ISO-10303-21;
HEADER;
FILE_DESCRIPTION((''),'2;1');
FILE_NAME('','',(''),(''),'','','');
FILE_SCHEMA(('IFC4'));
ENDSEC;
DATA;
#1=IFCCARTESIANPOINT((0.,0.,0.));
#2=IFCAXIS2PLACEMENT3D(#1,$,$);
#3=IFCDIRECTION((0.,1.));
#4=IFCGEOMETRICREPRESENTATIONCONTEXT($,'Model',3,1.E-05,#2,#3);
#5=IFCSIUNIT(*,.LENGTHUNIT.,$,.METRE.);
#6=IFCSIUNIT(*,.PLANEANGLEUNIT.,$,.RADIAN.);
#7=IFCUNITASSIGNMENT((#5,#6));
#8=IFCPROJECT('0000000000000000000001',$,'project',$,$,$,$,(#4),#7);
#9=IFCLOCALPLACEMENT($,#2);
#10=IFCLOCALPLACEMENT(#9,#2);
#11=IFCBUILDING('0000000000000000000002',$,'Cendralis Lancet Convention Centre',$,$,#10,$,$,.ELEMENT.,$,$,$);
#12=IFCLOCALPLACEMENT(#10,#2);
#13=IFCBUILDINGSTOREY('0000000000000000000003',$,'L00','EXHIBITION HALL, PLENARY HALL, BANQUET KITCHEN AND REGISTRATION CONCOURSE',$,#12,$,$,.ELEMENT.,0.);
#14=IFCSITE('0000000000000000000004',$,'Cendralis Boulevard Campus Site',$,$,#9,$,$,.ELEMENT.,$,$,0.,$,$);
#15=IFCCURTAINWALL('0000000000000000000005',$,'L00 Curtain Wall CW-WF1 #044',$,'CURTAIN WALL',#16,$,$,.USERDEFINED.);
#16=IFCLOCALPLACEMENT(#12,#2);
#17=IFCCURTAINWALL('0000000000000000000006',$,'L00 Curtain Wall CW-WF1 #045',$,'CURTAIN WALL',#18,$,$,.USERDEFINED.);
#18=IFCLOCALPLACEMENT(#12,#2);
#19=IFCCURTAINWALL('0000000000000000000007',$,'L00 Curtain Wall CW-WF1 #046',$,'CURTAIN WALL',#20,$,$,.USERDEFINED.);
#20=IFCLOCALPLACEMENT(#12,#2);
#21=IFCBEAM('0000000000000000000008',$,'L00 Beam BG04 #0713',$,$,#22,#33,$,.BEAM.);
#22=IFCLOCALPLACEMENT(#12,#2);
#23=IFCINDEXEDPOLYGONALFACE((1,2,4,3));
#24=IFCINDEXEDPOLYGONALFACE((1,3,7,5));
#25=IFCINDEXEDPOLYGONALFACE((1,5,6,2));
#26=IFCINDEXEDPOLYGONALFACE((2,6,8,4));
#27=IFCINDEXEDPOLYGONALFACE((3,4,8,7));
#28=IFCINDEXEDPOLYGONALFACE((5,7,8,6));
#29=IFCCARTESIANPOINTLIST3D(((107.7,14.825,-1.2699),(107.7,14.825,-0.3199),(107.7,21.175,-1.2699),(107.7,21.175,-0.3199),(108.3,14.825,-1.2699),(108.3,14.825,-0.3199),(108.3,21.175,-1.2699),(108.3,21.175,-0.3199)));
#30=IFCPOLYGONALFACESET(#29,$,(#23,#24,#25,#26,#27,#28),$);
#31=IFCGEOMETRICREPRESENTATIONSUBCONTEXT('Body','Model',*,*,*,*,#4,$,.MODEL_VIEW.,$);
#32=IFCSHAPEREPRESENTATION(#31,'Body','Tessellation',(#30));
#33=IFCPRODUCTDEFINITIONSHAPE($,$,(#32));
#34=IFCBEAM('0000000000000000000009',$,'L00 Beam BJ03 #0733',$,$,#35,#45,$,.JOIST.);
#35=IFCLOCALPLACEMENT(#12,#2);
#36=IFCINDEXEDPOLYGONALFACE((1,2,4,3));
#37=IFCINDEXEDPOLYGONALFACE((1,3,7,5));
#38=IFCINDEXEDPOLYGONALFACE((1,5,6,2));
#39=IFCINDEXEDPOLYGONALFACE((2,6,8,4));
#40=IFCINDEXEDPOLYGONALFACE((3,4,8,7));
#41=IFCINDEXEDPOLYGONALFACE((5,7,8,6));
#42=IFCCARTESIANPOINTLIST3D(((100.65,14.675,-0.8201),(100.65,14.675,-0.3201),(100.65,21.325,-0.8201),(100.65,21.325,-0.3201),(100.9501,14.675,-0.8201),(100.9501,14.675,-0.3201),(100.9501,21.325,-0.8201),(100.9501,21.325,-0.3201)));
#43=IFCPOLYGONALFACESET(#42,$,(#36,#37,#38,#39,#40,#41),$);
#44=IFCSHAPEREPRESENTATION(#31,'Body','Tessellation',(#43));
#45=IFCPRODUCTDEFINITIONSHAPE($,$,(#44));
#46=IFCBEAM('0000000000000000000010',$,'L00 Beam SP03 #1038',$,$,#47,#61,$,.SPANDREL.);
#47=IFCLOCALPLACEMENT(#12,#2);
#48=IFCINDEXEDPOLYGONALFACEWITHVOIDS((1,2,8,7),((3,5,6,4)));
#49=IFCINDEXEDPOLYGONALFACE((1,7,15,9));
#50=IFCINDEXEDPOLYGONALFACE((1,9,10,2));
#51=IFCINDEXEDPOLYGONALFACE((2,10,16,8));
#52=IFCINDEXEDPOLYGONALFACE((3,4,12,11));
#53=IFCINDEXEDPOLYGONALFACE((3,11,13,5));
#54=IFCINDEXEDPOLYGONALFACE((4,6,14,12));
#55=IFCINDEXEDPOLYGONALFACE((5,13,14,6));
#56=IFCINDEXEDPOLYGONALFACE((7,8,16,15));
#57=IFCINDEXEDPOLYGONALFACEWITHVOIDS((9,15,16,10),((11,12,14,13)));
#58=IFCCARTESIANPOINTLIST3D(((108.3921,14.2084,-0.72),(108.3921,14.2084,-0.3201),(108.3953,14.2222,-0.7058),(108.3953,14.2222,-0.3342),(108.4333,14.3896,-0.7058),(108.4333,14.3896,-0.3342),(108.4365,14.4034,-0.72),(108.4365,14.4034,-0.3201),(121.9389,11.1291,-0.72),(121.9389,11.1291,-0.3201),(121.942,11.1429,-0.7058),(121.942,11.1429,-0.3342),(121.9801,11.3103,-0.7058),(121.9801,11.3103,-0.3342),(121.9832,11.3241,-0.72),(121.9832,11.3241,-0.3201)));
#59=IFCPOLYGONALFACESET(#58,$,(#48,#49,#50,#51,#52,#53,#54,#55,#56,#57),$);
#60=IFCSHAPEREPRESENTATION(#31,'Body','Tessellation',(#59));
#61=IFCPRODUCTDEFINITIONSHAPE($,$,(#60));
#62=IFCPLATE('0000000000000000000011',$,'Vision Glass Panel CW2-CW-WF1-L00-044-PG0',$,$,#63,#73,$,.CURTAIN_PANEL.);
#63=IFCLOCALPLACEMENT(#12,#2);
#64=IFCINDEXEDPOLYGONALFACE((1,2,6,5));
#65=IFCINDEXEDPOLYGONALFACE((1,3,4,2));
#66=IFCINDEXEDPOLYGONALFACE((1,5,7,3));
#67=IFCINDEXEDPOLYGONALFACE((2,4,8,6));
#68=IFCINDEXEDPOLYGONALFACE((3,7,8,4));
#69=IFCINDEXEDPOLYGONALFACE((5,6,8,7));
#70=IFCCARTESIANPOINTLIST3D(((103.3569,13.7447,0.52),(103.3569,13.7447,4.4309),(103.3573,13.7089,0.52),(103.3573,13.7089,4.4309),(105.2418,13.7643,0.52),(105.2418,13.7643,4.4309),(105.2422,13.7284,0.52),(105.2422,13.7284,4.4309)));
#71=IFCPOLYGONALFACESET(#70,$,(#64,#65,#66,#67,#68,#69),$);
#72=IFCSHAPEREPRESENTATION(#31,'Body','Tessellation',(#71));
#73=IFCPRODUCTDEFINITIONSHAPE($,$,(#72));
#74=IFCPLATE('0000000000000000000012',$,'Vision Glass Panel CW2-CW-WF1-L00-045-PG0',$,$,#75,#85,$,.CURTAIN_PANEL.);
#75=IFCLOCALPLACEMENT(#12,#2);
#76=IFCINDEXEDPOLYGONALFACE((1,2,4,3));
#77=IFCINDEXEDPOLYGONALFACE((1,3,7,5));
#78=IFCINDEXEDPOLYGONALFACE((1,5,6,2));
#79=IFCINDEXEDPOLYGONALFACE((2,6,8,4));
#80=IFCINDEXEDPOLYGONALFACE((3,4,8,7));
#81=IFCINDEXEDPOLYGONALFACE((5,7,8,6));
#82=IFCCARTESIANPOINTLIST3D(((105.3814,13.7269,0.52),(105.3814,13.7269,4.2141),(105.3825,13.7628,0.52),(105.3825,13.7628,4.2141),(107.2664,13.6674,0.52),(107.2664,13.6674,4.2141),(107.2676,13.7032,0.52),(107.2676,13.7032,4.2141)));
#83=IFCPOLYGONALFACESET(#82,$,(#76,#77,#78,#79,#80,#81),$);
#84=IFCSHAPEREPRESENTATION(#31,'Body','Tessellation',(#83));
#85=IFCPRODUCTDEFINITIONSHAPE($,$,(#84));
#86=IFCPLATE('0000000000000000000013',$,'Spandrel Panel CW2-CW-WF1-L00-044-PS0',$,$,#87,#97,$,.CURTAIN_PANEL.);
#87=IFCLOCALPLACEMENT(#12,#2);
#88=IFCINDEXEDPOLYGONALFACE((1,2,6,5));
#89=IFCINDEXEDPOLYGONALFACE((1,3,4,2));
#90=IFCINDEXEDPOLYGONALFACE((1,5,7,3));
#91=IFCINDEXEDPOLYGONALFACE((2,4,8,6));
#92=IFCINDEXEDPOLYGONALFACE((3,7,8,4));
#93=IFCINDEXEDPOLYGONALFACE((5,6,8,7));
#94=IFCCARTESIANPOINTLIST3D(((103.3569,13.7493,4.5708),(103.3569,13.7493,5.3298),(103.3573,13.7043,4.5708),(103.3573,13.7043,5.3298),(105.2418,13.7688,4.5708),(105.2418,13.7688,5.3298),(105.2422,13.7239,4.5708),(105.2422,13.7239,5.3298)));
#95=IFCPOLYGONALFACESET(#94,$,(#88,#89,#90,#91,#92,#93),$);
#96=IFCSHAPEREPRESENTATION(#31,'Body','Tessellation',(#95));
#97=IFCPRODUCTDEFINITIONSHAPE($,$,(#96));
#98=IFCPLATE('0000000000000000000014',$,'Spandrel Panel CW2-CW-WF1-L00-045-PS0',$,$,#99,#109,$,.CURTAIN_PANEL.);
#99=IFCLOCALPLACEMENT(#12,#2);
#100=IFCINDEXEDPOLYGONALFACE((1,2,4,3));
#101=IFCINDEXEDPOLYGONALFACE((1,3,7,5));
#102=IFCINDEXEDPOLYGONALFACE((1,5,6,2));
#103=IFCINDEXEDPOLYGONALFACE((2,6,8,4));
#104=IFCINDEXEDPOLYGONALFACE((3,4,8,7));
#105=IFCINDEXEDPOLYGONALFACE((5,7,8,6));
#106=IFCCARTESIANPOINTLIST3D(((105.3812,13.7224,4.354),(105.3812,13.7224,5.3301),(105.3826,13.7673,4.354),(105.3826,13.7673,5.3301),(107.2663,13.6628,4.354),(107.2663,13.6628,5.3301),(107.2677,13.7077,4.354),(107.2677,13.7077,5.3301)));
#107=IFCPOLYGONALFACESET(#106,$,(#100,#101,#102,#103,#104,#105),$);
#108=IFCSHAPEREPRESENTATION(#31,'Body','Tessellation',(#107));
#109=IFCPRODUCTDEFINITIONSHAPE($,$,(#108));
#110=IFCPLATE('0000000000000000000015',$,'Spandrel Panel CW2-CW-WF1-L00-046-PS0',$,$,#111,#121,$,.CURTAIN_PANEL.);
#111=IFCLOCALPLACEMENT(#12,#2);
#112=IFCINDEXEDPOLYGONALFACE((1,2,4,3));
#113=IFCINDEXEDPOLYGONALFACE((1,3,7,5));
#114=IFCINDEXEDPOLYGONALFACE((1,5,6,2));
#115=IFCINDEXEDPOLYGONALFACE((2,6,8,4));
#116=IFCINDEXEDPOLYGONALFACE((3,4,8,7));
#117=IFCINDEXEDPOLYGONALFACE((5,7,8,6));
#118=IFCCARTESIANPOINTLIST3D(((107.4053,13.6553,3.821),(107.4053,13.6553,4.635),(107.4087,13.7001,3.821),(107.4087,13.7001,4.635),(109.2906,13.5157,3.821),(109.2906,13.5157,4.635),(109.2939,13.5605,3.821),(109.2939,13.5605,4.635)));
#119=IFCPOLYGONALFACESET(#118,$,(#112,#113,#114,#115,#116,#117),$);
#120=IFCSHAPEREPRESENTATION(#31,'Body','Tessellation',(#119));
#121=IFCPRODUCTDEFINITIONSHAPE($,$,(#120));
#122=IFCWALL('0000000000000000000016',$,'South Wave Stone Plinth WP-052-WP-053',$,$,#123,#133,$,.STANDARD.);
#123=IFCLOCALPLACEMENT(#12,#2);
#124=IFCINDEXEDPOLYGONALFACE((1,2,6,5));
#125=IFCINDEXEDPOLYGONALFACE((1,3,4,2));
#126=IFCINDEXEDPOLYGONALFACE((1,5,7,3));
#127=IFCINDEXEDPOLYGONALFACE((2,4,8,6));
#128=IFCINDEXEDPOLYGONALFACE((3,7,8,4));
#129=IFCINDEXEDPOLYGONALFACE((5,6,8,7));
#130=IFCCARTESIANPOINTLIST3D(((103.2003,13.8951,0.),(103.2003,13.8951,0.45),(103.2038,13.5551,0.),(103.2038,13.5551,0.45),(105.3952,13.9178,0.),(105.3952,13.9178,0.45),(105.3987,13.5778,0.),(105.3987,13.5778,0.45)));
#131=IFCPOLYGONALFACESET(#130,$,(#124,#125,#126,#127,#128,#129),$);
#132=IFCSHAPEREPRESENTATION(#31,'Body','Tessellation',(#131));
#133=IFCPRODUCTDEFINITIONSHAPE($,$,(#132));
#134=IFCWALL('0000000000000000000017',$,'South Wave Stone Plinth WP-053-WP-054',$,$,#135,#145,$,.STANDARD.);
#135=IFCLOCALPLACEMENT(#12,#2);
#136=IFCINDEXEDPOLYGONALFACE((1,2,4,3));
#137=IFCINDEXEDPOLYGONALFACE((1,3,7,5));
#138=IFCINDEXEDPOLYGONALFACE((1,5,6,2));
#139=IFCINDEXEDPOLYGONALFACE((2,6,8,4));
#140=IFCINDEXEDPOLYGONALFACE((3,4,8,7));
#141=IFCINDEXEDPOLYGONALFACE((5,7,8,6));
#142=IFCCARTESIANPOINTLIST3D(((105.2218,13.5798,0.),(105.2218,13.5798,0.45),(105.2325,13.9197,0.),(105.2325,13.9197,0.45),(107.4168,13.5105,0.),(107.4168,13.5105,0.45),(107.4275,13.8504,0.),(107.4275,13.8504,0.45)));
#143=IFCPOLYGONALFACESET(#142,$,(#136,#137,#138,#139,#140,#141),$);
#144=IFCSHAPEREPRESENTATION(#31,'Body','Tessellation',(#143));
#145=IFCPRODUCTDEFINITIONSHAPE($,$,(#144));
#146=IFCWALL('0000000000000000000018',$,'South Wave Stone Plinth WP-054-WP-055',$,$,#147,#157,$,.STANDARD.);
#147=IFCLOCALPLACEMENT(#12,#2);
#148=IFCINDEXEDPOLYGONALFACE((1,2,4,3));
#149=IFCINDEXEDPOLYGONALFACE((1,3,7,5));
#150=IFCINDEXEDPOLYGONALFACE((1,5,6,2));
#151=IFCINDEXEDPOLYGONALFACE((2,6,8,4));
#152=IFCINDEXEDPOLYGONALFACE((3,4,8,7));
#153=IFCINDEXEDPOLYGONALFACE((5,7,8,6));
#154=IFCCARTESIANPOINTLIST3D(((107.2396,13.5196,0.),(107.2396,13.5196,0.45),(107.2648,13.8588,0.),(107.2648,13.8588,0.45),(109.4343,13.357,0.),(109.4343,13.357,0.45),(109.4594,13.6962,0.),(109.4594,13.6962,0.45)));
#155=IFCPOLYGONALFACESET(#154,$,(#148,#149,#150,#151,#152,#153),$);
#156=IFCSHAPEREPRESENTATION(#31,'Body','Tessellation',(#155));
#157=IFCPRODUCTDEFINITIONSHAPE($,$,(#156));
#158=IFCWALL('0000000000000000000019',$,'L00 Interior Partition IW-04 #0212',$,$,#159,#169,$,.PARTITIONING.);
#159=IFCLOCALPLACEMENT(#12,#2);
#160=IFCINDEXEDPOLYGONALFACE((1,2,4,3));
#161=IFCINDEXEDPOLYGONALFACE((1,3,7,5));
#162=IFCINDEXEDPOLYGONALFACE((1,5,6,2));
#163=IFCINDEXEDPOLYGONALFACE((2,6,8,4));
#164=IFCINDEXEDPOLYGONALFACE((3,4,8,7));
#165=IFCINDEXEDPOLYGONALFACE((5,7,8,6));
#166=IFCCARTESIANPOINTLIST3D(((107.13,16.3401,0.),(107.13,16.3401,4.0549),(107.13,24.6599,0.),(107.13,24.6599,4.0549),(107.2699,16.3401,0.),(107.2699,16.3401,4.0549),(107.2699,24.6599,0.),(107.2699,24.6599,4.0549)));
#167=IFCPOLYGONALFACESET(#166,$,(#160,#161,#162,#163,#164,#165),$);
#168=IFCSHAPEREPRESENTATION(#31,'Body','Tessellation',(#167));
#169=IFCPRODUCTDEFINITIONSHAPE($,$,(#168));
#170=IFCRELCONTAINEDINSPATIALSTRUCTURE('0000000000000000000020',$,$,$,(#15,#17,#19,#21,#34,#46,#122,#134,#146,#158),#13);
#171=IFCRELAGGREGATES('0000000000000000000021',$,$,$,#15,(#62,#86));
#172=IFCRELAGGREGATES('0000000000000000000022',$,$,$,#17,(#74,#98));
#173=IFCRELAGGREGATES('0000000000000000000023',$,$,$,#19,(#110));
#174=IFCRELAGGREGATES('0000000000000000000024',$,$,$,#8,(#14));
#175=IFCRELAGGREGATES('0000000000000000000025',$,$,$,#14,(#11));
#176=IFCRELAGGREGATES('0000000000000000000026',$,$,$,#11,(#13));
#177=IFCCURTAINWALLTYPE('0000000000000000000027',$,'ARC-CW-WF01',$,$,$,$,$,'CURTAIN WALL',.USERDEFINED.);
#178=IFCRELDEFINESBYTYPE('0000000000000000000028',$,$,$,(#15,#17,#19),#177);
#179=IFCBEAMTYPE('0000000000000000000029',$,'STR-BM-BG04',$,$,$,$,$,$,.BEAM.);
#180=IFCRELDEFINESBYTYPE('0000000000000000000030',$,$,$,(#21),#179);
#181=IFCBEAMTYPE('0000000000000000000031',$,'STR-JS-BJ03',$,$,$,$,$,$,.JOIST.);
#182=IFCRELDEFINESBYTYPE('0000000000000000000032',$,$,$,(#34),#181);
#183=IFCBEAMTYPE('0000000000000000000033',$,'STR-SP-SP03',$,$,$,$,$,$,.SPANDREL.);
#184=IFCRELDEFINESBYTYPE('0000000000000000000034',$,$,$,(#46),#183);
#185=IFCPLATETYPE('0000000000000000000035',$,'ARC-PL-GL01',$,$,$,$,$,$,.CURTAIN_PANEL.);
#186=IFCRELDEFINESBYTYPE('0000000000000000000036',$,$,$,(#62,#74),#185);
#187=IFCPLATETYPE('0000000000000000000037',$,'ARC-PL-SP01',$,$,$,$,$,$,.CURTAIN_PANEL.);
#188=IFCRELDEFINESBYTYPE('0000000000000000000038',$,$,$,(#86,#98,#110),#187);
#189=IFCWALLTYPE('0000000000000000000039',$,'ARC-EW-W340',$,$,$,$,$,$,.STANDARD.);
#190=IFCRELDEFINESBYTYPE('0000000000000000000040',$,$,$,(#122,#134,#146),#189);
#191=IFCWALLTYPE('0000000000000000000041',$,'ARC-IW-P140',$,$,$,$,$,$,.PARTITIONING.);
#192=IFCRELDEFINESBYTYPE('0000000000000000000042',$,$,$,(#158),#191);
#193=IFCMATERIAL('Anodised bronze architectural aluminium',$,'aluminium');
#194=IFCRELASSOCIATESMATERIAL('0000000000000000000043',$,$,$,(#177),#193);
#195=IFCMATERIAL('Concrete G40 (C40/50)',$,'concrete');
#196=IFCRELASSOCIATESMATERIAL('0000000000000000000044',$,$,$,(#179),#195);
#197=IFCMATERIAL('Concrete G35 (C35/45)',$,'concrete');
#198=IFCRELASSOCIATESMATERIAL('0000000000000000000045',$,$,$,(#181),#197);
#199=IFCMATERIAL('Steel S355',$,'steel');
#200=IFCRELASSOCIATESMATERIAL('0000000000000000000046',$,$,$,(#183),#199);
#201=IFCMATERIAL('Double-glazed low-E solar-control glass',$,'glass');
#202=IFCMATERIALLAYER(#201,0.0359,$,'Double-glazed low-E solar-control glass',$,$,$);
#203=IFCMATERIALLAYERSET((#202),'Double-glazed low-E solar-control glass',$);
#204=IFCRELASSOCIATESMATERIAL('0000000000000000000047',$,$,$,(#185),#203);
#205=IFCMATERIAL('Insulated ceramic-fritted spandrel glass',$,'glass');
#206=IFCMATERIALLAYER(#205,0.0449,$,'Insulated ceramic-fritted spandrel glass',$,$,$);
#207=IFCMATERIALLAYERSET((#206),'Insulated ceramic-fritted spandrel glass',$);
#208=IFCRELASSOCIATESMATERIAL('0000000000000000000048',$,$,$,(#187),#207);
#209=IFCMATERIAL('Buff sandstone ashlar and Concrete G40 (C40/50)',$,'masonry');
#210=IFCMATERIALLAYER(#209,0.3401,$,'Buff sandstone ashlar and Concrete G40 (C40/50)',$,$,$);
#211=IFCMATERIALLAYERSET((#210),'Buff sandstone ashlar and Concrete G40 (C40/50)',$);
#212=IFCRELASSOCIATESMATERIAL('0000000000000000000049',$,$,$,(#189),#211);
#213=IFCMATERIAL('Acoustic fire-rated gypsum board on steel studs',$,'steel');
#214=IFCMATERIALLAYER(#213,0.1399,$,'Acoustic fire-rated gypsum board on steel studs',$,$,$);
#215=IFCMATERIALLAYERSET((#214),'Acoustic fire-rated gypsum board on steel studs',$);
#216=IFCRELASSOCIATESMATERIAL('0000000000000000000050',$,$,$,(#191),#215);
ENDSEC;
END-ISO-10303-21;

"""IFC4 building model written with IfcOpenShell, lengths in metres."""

from ifc_helpers import new_model, si_unit, direction, frame, frame_2d, origin, origin_2d, place, context, subcontext, project, spatial, rectangle, hollow_rectangle, extrude, material, layer, layer_set, material_profile, profile_set, type_object, element, aggregate, save


model = new_model("IFC4")

# Units and contexts
model_context = context("Model", 3, precision=1e-05, world=origin(), true_north=direction((0.0, 1.0)))
body_context = subcontext(model_context, "Body", "Model", "MODEL_VIEW")
ifc_project = project(units=[si_unit("LENGTHUNIT", "METRE"), si_unit("PLANEANGLEUNIT", "RADIAN")], contexts=[model_context])

# Site, building, storey
site_placement = place(None, origin())
site = spatial("IfcSite", under=ifc_project, at=site_placement, Name="Cendralis Boulevard Campus Site", CompositionType="ELEMENT", RefElevation=0.0)
building_placement = place(site_placement, origin())
building = spatial("IfcBuilding", under=site, at=building_placement, Name="Cendralis Lancet Convention Centre", CompositionType="ELEMENT")
storey_placement = place(building_placement, origin())
storey = spatial("IfcBuildingStorey", under=building, at=storey_placement, Name="L00", Description="EXHIBITION HALL, PLENARY HALL, BANQUET KITCHEN AND REGISTRATION CONCOURSE", CompositionType="ELEMENT", Elevation=0.0)

# Shared definitions
ifc_material_1 = material(Name="Concrete G35 (C35/45)", Category="concrete")

# Shared definitions
ifc_material_2 = material(Name="Concrete G40 (C40/50)", Category="concrete")

# Curtain walls
ifc_material_3 = material(Name="Anodised bronze architectural aluminium", Category="aluminium")
curtain_wall_type = type_object("IfcCurtainWallType", Name="ARC-CW-WF01", ElementType="CURTAIN WALL", PredefinedType="USERDEFINED", material=ifc_material_3)
curtain_wall_1_placement = place(storey_placement, origin())
curtain_wall_1 = element("IfcCurtainWall", 1, at=curtain_wall_1_placement, inside=storey, type_object=curtain_wall_type, Name="L00 Curtain Wall CW-WF1 #044", ObjectType="CURTAIN WALL", PredefinedType="USERDEFINED")
curtain_wall_2_placement = place(storey_placement, origin())
curtain_wall_2 = element("IfcCurtainWall", 2, at=curtain_wall_2_placement, inside=storey, type_object=curtain_wall_type, Name="L00 Curtain Wall CW-WF1 #045", ObjectType="CURTAIN WALL", PredefinedType="USERDEFINED")

# Curtain wall
curtain_wall_3_placement = place(storey_placement, origin())
curtain_wall_3 = element("IfcCurtainWall", 3, at=curtain_wall_3_placement, inside=storey, type_object=curtain_wall_type, Name="L00 Curtain Wall CW-WF1 #046", ObjectType="CURTAIN WALL", PredefinedType="USERDEFINED")

# Beams
ifc_material_profile_1 = material_profile(ifc_material_2, rectangle(XDim=0.6001, YDim=0.95, at=origin_2d()), Name="RCB 600x950")
ifc_profile_set_1 = profile_set([ifc_material_profile_1], Name="Concrete G40 (C40/50)")
beam_type_1 = type_object("IfcBeamType", Name="STR-BM-BG04", PredefinedType="BEAM", material=ifc_profile_set_1)
beam_1_placement = place(storey_placement, frame((108.0, 14.825, -0.7949), z_axis=(0.0, 1.0, 0.0), x_axis=(-1.0, 0.0, 0.0)))
element("IfcBeam", 4, at=beam_1_placement, inside=storey, type_object=beam_type_1, Name="L00 Beam BG04 #0713", PredefinedType="BEAM", context=body_context, shape_type="SweptSolid", body=[
    extrude(rectangle(XDim=0.6001, YDim=0.95, at=origin_2d()), origin(), (0.0, 0.0, 1.0), 6.3501),
])
ifc_material_profile_2 = material_profile(ifc_material_1, rectangle(XDim=0.3, YDim=0.5, at=origin_2d()), Name="RCB 300x500")
ifc_profile_set_2 = profile_set([ifc_material_profile_2], Name="Concrete G35 (C35/45)")
beam_type_2 = type_object("IfcBeamType", Name="STR-JS-BJ03", PredefinedType="JOIST", material=ifc_profile_set_2)
beam_2_placement = place(storey_placement, frame((100.8, 14.675, -0.5701), z_axis=(0.0, 1.0, 0.0), x_axis=(-1.0, 0.0, 0.0)))
element("IfcBeam", 5, at=beam_2_placement, inside=storey, type_object=beam_type_2, Name="L00 Beam BJ03 #0733", PredefinedType="JOIST", context=body_context, shape_type="SweptSolid", body=[
    extrude(rectangle(XDim=0.3, YDim=0.5, at=origin_2d()), origin(), (0.0, 0.0, 1.0), 6.6499),
])
ifc_material_4 = material(Name="Steel S355", Category="steel")
ifc_material_profile_3 = material_profile(ifc_material_4, hollow_rectangle(XDim=0.2, YDim=0.3999, WallThickness=0.0142, at=origin_2d()), Name="RHS 400x200x14.2")
ifc_profile_set_3 = profile_set([ifc_material_profile_3], Name="Steel S355")
beam_type_3 = type_object("IfcBeamType", Name="STR-SP-SP03", PredefinedType="SPANDREL", material=ifc_profile_set_3)
beam_3_placement = place(storey_placement, frame((108.4143, 14.3059, -0.52), z_axis=(0.975125, -0.221656, 0.0), x_axis=(0.221656, 0.975125, 0.0)))
element("IfcBeam", 6, at=beam_3_placement, inside=storey, type_object=beam_type_3, Name="L00 Beam SP03 #1038", PredefinedType="SPANDREL", context=body_context, shape_type="SweptSolid", body=[
    extrude(hollow_rectangle(XDim=0.2, YDim=0.3999, WallThickness=0.0142, at=origin_2d()), origin(), (0.0, 0.0, 1.0), 13.8923),
])

# Plates
ifc_material_5 = material(Name="Double-glazed low-E solar-control glass", Category="glass")
ifc_layer_1 = layer(ifc_material_5, 0.0359, Name="Double-glazed low-E solar-control glass")
ifc_layer_set_1 = layer_set([ifc_layer_1], Name="Double-glazed low-E solar-control glass")
plate_type_1 = type_object("IfcPlateType", Name="ARC-PL-GL01", PredefinedType="CURTAIN_PANEL", material=ifc_layer_set_1)
plate_1_placement = place(storey_placement, frame((104.2996, 13.7366, 0.52), z_axis=(0.0, 0.0, 1.0), x_axis=(0.999946, 0.01037, 0.0)))
plate_1 = element("IfcPlate", 7, at=plate_1_placement, type_object=plate_type_1, Name="Vision Glass Panel CW2-CW-WF1-L00-044-PG0", PredefinedType="CURTAIN_PANEL", context=body_context, shape_type="SweptSolid", body=[
    extrude(rectangle(XDim=1.885, YDim=0.0359, at=origin_2d()), origin(), (0.0, 0.0, 1.0), 3.9109),
])
plate_2_placement = place(storey_placement, frame((106.3245, 13.7151, 0.52), z_axis=(0.0, 0.0, 1.0), x_axis=(0.999501, -0.031589, 0.0)))
plate_2 = element("IfcPlate", 8, at=plate_2_placement, type_object=plate_type_1, Name="Vision Glass Panel CW2-CW-WF1-L00-045-PG0", PredefinedType="CURTAIN_PANEL", context=body_context, shape_type="SweptSolid", body=[
    extrude(rectangle(XDim=1.886, YDim=0.0359, at=origin_2d()), origin(), (0.0, 0.0, 1.0), 3.6941),
])
ifc_material_6 = material(Name="Insulated ceramic-fritted spandrel glass", Category="glass")
ifc_layer_2 = layer(ifc_material_6, 0.0449, Name="Insulated ceramic-fritted spandrel glass")
ifc_layer_set_2 = layer_set([ifc_layer_2], Name="Insulated ceramic-fritted spandrel glass")
plate_type_2 = type_object("IfcPlateType", Name="ARC-PL-SP01", PredefinedType="CURTAIN_PANEL", material=ifc_layer_set_2)
plate_3_placement = place(storey_placement, frame((104.2996, 13.7366, 4.5708), z_axis=(0.0, 0.0, 1.0), x_axis=(0.999946, 0.01037, 0.0)))
plate_3 = element("IfcPlate", 9, at=plate_3_placement, type_object=plate_type_2, Name="Spandrel Panel CW2-CW-WF1-L00-044-PS0", PredefinedType="CURTAIN_PANEL", context=body_context, shape_type="SweptSolid", body=[
    extrude(rectangle(XDim=1.885, YDim=0.0449, at=origin_2d()), origin(), (0.0, 0.0, 1.0), 0.759),
])
aggregate(curtain_wall_1, [plate_1, plate_3])
plate_4_placement = place(storey_placement, frame((106.3245, 13.7151, 4.354), z_axis=(0.0, 0.0, 1.0), x_axis=(0.999501, -0.031589, 0.0)))
plate_4 = element("IfcPlate", 10, at=plate_4_placement, type_object=plate_type_2, Name="Spandrel Panel CW2-CW-WF1-L00-045-PS0", PredefinedType="CURTAIN_PANEL", context=body_context, shape_type="SweptSolid", body=[
    extrude(rectangle(XDim=1.886, YDim=0.0449, at=origin_2d()), origin(), (0.0, 0.0, 1.0), 0.9761),
])
aggregate(curtain_wall_2, [plate_2, plate_4])
plate_5_placement = place(storey_placement, frame((108.3496, 13.6079, 3.821), z_axis=(0.0, 0.0, 1.0), x_axis=(0.997268, -0.073872, 0.0)))
plate_5 = element("IfcPlate", 11, at=plate_5_placement, type_object=plate_type_2, Name="Spandrel Panel CW2-CW-WF1-L00-046-PS0", PredefinedType="CURTAIN_PANEL", context=body_context, shape_type="SweptSolid", body=[
    extrude(rectangle(XDim=1.8904, YDim=0.0449, at=origin_2d()), origin(), (0.0, 0.0, 1.0), 0.814),
])
aggregate(curtain_wall_3, [plate_5])

# Walls
ifc_material_7 = material(Name="Buff sandstone ashlar and Concrete G40 (C40/50)", Category="masonry")
ifc_layer_3 = layer(ifc_material_7, 0.3401, Name="Buff sandstone ashlar and Concrete G40 (C40/50)")
ifc_layer_set_3 = layer_set([ifc_layer_3], Name="Buff sandstone ashlar and Concrete G40 (C40/50)")
wall_type_1 = type_object("IfcWallType", Name="ARC-EW-W340", PredefinedType="STANDARD", material=ifc_layer_set_3)
wall_1_placement = place(storey_placement, frame((103.2019, 13.7251, 0.0), z_axis=(0.0, 0.0, 1.0), x_axis=(0.999947, 0.010343, 0.0)))
element("IfcWall", 12, at=wall_1_placement, inside=storey, type_object=wall_type_1, Name="South Wave Stone Plinth WP-052-WP-053", PredefinedType="STANDARD", context=body_context, shape_type="SweptSolid", body=[
    extrude(rectangle(XDim=2.1951, YDim=0.3401, at=frame_2d((1.0977, 0.0))), origin(), (0.0, 0.0, 1.0), 0.45),
])
wall_2_placement = place(storey_placement, frame((105.2271, 13.7498, 0.0), z_axis=(0.0, 0.0, 1.0), x_axis=(0.999501, -0.031571, 0.0)))
element("IfcWall", 13, at=wall_2_placement, inside=storey, type_object=wall_type_1, Name="South Wave Stone Plinth WP-053-WP-054", PredefinedType="STANDARD", context=body_context, shape_type="SweptSolid", body=[
    extrude(rectangle(XDim=2.196, YDim=0.3401, at=frame_2d((1.0981, 0.0))), origin(), (0.0, 0.0, 1.0), 0.45),
])
wall_3_placement = place(storey_placement, frame((107.2522, 13.6892, 0.0), z_axis=(0.0, 0.0, 1.0), x_axis=(0.997267, -0.073888, 0.0)))
element("IfcWall", 14, at=wall_3_placement, inside=storey, type_object=wall_type_1, Name="South Wave Stone Plinth WP-054-WP-055", PredefinedType="STANDARD", context=body_context, shape_type="SweptSolid", body=[
    extrude(rectangle(XDim=2.2007, YDim=0.3401, at=frame_2d((1.1003, 0.0))), origin(), (0.0, 0.0, 1.0), 0.45),
])
ifc_material_8 = material(Name="Acoustic fire-rated gypsum board on steel studs", Category="steel")
ifc_layer_4 = layer(ifc_material_8, 0.1399, Name="Acoustic fire-rated gypsum board on steel studs")
ifc_layer_set_4 = layer_set([ifc_layer_4], Name="Acoustic fire-rated gypsum board on steel studs")
wall_type_2 = type_object("IfcWallType", Name="ARC-IW-P140", PredefinedType="PARTITIONING", material=ifc_layer_set_4)
wall_4_placement = place(storey_placement, frame((107.2, 16.3401, 0.0), z_axis=(0.0, 0.0, 1.0), x_axis=(0.0, 1.0, 0.0)))
element("IfcWall", 15, at=wall_4_placement, inside=storey, type_object=wall_type_2, Name="L00 Interior Partition IW-04 #0212", PredefinedType="PARTITIONING", context=body_context, shape_type="SweptSolid", body=[
    extrude(rectangle(XDim=8.3198, YDim=0.1399, at=frame_2d((4.1599, 0.0))), origin(), (0.0, 0.0, 1.0), 4.0549),
])

save(model, "model.ifc")
